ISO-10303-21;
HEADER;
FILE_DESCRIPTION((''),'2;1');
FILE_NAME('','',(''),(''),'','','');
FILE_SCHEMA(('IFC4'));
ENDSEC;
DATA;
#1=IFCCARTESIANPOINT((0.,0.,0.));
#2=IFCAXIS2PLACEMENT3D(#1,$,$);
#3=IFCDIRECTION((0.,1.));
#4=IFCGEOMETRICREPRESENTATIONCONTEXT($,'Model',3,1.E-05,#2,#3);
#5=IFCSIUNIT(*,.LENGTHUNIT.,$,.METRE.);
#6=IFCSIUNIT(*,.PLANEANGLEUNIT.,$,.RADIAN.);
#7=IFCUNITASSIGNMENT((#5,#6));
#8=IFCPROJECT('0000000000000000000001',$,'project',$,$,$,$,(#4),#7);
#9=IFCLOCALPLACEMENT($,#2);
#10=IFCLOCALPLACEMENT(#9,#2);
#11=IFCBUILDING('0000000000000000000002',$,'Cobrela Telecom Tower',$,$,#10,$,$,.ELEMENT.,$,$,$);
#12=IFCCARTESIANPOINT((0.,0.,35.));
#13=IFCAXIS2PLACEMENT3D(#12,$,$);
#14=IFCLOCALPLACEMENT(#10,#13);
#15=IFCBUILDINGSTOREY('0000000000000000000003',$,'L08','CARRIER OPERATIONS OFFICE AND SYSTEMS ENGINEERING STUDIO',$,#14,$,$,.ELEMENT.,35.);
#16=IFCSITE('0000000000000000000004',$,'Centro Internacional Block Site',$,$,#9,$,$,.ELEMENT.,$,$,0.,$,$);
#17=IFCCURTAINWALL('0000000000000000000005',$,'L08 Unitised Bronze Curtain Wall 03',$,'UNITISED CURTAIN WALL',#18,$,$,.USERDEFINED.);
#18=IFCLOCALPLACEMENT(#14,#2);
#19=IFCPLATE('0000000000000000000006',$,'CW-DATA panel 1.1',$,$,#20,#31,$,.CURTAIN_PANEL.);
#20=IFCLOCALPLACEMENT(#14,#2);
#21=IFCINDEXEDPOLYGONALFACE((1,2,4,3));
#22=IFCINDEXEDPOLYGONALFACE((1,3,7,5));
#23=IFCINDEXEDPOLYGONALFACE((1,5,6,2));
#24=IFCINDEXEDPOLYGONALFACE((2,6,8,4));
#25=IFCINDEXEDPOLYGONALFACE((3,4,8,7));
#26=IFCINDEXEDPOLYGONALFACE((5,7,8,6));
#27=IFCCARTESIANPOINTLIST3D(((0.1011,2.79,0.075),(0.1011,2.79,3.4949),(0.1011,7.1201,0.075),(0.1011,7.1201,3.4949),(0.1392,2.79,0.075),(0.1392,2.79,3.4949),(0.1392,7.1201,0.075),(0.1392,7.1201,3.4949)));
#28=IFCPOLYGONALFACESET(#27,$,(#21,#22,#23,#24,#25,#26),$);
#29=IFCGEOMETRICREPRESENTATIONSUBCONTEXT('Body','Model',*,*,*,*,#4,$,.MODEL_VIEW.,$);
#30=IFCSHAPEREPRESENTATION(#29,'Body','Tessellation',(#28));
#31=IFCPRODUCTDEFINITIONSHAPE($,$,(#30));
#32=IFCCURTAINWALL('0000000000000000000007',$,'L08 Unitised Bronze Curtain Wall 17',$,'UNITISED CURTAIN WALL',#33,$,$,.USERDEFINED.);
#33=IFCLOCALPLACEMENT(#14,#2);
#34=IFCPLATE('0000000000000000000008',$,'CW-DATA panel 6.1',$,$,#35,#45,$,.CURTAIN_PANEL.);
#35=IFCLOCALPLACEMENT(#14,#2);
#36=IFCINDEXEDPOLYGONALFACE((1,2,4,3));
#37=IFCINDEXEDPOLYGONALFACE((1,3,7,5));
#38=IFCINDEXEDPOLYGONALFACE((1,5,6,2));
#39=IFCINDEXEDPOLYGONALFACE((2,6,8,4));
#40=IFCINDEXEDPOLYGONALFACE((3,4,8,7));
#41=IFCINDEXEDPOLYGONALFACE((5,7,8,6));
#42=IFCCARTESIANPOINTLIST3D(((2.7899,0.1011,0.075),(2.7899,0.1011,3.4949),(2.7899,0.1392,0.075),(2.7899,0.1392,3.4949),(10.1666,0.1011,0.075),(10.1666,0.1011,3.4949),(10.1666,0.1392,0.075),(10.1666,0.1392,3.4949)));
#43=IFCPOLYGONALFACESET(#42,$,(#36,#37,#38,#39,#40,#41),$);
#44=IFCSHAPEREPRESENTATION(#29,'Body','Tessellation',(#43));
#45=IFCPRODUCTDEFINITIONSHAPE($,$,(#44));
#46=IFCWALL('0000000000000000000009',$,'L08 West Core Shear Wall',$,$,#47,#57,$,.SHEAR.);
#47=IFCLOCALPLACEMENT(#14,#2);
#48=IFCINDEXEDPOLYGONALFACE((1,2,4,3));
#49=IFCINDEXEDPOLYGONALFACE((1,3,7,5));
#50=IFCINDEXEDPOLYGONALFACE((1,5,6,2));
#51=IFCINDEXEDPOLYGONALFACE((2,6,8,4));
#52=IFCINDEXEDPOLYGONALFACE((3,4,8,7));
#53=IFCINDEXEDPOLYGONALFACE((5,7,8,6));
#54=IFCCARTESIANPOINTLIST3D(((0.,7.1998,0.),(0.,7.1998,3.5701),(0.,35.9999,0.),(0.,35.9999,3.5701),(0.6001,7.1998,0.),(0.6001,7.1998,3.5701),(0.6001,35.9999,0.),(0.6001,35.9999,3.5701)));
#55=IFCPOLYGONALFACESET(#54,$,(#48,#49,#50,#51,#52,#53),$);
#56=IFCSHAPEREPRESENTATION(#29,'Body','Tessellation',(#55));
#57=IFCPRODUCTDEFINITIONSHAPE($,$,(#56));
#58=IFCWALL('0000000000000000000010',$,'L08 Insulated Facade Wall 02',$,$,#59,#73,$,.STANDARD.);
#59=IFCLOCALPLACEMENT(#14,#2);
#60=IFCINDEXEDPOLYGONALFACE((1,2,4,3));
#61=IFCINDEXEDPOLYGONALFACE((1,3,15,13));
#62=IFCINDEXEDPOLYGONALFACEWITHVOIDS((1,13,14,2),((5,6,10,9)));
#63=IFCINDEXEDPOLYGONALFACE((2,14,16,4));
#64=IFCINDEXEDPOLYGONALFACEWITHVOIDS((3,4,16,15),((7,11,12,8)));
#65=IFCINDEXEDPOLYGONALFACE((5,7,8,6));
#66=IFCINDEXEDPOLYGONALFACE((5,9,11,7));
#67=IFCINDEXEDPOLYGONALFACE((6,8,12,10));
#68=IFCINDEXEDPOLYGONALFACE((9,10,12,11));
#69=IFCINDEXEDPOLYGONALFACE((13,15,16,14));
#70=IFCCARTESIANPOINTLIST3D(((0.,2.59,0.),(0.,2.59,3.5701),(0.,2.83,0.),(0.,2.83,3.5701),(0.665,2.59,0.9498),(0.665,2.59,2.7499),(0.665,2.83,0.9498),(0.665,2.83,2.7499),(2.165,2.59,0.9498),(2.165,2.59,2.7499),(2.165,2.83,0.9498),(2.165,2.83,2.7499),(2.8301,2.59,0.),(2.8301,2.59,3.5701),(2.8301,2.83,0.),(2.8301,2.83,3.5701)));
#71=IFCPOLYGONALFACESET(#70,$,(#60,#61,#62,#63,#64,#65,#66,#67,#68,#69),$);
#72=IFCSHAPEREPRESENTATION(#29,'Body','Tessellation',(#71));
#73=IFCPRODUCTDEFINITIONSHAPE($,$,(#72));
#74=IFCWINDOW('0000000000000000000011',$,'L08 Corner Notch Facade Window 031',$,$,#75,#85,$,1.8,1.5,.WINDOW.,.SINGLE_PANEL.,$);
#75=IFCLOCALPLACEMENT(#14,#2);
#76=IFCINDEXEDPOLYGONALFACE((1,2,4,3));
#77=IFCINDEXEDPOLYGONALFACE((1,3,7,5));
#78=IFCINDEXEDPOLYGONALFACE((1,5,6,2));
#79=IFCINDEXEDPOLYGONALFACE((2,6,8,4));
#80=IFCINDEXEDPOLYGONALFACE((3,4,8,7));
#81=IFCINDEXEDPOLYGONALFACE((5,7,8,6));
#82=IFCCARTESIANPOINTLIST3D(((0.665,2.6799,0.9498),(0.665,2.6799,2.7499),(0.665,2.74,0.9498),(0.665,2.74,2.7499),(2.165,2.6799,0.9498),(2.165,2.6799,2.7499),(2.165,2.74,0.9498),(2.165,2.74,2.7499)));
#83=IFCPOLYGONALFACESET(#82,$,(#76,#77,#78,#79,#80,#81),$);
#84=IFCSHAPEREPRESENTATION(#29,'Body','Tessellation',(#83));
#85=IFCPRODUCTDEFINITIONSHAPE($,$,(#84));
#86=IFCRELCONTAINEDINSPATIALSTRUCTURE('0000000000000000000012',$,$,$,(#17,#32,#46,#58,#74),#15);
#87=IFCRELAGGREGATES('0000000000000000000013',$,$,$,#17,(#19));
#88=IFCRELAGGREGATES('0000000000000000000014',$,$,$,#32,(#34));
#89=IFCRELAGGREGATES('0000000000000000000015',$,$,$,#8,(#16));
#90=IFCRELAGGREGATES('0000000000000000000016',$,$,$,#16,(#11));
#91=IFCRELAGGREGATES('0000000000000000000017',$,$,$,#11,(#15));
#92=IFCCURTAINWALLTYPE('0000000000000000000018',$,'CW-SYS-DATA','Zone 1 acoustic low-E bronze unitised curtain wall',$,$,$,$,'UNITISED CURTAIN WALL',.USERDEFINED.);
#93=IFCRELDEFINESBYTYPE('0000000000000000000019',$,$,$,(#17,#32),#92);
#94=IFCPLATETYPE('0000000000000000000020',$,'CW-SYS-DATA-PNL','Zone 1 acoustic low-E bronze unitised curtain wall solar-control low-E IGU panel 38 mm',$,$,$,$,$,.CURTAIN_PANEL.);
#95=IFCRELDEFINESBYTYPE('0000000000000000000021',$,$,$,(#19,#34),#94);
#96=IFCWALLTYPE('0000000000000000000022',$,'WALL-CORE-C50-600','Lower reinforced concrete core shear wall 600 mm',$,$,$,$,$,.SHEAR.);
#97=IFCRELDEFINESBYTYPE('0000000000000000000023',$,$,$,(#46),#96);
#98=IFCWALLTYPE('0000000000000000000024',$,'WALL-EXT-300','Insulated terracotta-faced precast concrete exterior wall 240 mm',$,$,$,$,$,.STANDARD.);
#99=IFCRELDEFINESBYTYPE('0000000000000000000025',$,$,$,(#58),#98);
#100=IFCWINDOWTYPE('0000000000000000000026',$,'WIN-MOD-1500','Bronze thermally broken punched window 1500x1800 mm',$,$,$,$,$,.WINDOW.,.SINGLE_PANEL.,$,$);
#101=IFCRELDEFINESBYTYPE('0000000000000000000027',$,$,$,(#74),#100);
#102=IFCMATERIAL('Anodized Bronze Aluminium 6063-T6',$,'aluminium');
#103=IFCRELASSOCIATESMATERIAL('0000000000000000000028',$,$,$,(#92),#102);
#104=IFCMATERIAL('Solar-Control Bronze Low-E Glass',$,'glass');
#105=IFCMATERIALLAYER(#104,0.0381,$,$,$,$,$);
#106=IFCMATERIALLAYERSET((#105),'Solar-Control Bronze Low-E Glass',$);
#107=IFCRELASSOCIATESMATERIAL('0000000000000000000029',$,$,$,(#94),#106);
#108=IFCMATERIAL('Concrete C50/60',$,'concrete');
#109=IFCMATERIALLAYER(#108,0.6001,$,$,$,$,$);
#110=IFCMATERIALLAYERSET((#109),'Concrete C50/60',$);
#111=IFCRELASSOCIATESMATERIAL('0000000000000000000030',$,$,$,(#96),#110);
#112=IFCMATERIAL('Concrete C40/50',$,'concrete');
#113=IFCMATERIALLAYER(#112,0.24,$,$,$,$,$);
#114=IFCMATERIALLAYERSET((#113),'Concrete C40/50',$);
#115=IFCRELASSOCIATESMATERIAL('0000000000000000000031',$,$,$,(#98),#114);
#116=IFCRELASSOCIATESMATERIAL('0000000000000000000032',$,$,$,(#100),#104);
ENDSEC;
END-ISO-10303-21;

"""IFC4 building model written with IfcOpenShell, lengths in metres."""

from ifc_helpers import new_model, si_unit, direction, frame, frame_2d, origin, origin_2d, place, context, subcontext, project, spatial, rectangle, extrude, material, layer, layer_set, type_object, element, fill, aggregate, save


model = new_model("IFC4")

# Units and contexts
model_context = context("Model", 3, precision=1e-05, world=origin(), true_north=direction((0.0, 1.0)))
body_context = subcontext(model_context, "Body", "Model", "MODEL_VIEW")
ifc_project = project(units=[si_unit("LENGTHUNIT", "METRE"), si_unit("PLANEANGLEUNIT", "RADIAN")], contexts=[model_context])

# Site, building, storey
site_placement = place(None, origin())
site = spatial("IfcSite", under=ifc_project, at=site_placement, Name="Centro Internacional Block Site", CompositionType="ELEMENT", RefElevation=0.0)
building_placement = place(site_placement, origin())
building = spatial("IfcBuilding", under=site, at=building_placement, Name="Cobrela Telecom Tower", CompositionType="ELEMENT")
storey_placement = place(building_placement, frame((0.0, 0.0, 35.0)))
storey = spatial("IfcBuildingStorey", under=building, at=storey_placement, Name="L08", Description="CARRIER OPERATIONS OFFICE AND SYSTEMS ENGINEERING STUDIO", CompositionType="ELEMENT", Elevation=35.0)

# Curtain wall, plate
ifc_material_1 = material(Name="Anodized Bronze Aluminium 6063-T6", Category="aluminium")
curtain_wall_type = type_object("IfcCurtainWallType", Name="CW-SYS-DATA", Description="Zone 1 acoustic low-E bronze unitised curtain wall", ElementType="UNITISED CURTAIN WALL", PredefinedType="USERDEFINED", material=ifc_material_1)
curtain_wall_1_placement = place(storey_placement, origin())
curtain_wall_1 = element("IfcCurtainWall", 1, at=curtain_wall_1_placement, inside=storey, type_object=curtain_wall_type, Name="L08 Unitised Bronze Curtain Wall 03", ObjectType="UNITISED CURTAIN WALL", PredefinedType="USERDEFINED")
ifc_material_2 = material(Name="Solar-Control Bronze Low-E Glass", Category="glass")
ifc_layer_1 = layer(ifc_material_2, 0.0381)
ifc_layer_set_1 = layer_set([ifc_layer_1], Name="Solar-Control Bronze Low-E Glass")
plate_type = type_object("IfcPlateType", Name="CW-SYS-DATA-PNL", Description="Zone 1 acoustic low-E bronze unitised curtain wall solar-control low-E IGU panel 38 mm", PredefinedType="CURTAIN_PANEL", material=ifc_layer_set_1)
plate_1_placement = place(storey_placement, frame((0.1201, 4.9551, 0.075), z_axis=(0.0, 0.0, 1.0), x_axis=(0.0, 1.0, 0.0)))
plate_1 = element("IfcPlate", 2, at=plate_1_placement, type_object=plate_type, Name="CW-DATA panel 1.1", PredefinedType="CURTAIN_PANEL", context=body_context, shape_type="SweptSolid", body=[
    extrude(rectangle(XDim=4.3301, YDim=0.0381, at=origin_2d()), origin(), (0.0, 0.0, 1.0), 3.4199),
])
aggregate(curtain_wall_1, [plate_1])

# Curtain wall, plate
curtain_wall_2_placement = place(storey_placement, origin())
curtain_wall_2 = element("IfcCurtainWall", 3, at=curtain_wall_2_placement, inside=storey, type_object=curtain_wall_type, Name="L08 Unitised Bronze Curtain Wall 17", ObjectType="UNITISED CURTAIN WALL", PredefinedType="USERDEFINED")
plate_2_placement = place(storey_placement, frame((6.4783, 0.1201, 0.075), z_axis=(0.0, 0.0, 1.0), x_axis=(-1.0, 0.0, 0.0)))
plate_2 = element("IfcPlate", 4, at=plate_2_placement, type_object=plate_type, Name="CW-DATA panel 6.1", PredefinedType="CURTAIN_PANEL", context=body_context, shape_type="SweptSolid", body=[
    extrude(rectangle(XDim=7.3767, YDim=0.0381, at=origin_2d()), origin(), (0.0, 0.0, 1.0), 3.4199),
])
aggregate(curtain_wall_2, [plate_2])

# Wall
ifc_material_3 = material(Name="Concrete C50/60", Category="concrete")
ifc_layer_2 = layer(ifc_material_3, 0.6001)
ifc_layer_set_2 = layer_set([ifc_layer_2], Name="Concrete C50/60")
wall_type_1 = type_object("IfcWallType", Name="WALL-CORE-C50-600", Description="Lower reinforced concrete core shear wall 600 mm", PredefinedType="SHEAR", material=ifc_layer_set_2)
wall_1_placement = place(storey_placement, frame((0.3, 7.2, 0.0), z_axis=(0.0, 0.0, 1.0), x_axis=(0.0, 1.0, 0.0)))
element("IfcWall", 5, at=wall_1_placement, inside=storey, type_object=wall_type_1, Name="L08 West Core Shear Wall", PredefinedType="SHEAR", context=body_context, shape_type="SweptSolid", body=[
    extrude(rectangle(XDim=28.8, YDim=0.6001, at=frame_2d((14.3999, 0.0))), origin(), (0.0, 0.0, 1.0), 3.5701),
])

# Wall, opening, window
ifc_material_4 = material(Name="Concrete C40/50", Category="concrete")
ifc_layer_3 = layer(ifc_material_4, 0.24)
ifc_layer_set_3 = layer_set([ifc_layer_3], Name="Concrete C40/50")
wall_type_2 = type_object("IfcWallType", Name="WALL-EXT-300", Description="Insulated terracotta-faced precast concrete exterior wall 240 mm", PredefinedType="STANDARD", material=ifc_layer_set_3)
wall_2_placement = place(storey_placement, frame((2.8301, 2.71, 0.0), z_axis=(0.0, 0.0, 1.0), x_axis=(-1.0, 0.0, 0.0)))
wall_2 = element("IfcWall", 6, at=wall_2_placement, inside=storey, type_object=wall_type_2, Name="L08 Insulated Facade Wall 02", PredefinedType="STANDARD", context=body_context, shape_type="SweptSolid", body=[
    extrude(rectangle(XDim=2.8301, YDim=0.24, at=frame_2d((1.415, 0.0))), origin(), (0.0, 0.0, 1.0), 3.5701),
])
opening_placement = place(wall_2_placement, frame((0.665, 0.0, 0.95)))
opening = element("IfcOpeningElement", 7, at=opening_placement, cuts=wall_2, PredefinedType="OPENING", context=body_context, shape_type="SweptSolid", body=[
    extrude(rectangle(XDim=1.5, YDim=1.8, at=frame_2d((0.75, 0.8999))), frame((0.0, 0.1318, 0.0), z_axis=(0.0, -1.0, 0.0), x_axis=(1.0, 0.0, 0.0)), (0.0, 0.0, 1.0), 0.2639),
])
window_type = type_object("IfcWindowType", Name="WIN-MOD-1500", Description="Bronze thermally broken punched window 1500x1800 mm", PartitioningType="SINGLE_PANEL", PredefinedType="WINDOW", material=ifc_material_2)
window_placement = place(opening_placement, origin())
window = element("IfcWindow", 8, at=window_placement, inside=storey, type_object=window_type, Name="L08 Corner Notch Facade Window 031", OverallHeight=1.8, OverallWidth=1.5, PartitioningType="SINGLE_PANEL", PredefinedType="WINDOW", context=body_context, shape_type="SweptSolid", body=[
    extrude(rectangle(XDim=1.5, YDim=1.8, at=frame_2d((0.75, 0.8999))), frame((0.0, 0.03, 0.0), z_axis=(0.0, -1.0, 0.0), x_axis=(1.0, 0.0, 0.0)), (0.0, 0.0, 1.0), 0.0601),
])
fill(opening, window)

save(model, "model.ifc")
